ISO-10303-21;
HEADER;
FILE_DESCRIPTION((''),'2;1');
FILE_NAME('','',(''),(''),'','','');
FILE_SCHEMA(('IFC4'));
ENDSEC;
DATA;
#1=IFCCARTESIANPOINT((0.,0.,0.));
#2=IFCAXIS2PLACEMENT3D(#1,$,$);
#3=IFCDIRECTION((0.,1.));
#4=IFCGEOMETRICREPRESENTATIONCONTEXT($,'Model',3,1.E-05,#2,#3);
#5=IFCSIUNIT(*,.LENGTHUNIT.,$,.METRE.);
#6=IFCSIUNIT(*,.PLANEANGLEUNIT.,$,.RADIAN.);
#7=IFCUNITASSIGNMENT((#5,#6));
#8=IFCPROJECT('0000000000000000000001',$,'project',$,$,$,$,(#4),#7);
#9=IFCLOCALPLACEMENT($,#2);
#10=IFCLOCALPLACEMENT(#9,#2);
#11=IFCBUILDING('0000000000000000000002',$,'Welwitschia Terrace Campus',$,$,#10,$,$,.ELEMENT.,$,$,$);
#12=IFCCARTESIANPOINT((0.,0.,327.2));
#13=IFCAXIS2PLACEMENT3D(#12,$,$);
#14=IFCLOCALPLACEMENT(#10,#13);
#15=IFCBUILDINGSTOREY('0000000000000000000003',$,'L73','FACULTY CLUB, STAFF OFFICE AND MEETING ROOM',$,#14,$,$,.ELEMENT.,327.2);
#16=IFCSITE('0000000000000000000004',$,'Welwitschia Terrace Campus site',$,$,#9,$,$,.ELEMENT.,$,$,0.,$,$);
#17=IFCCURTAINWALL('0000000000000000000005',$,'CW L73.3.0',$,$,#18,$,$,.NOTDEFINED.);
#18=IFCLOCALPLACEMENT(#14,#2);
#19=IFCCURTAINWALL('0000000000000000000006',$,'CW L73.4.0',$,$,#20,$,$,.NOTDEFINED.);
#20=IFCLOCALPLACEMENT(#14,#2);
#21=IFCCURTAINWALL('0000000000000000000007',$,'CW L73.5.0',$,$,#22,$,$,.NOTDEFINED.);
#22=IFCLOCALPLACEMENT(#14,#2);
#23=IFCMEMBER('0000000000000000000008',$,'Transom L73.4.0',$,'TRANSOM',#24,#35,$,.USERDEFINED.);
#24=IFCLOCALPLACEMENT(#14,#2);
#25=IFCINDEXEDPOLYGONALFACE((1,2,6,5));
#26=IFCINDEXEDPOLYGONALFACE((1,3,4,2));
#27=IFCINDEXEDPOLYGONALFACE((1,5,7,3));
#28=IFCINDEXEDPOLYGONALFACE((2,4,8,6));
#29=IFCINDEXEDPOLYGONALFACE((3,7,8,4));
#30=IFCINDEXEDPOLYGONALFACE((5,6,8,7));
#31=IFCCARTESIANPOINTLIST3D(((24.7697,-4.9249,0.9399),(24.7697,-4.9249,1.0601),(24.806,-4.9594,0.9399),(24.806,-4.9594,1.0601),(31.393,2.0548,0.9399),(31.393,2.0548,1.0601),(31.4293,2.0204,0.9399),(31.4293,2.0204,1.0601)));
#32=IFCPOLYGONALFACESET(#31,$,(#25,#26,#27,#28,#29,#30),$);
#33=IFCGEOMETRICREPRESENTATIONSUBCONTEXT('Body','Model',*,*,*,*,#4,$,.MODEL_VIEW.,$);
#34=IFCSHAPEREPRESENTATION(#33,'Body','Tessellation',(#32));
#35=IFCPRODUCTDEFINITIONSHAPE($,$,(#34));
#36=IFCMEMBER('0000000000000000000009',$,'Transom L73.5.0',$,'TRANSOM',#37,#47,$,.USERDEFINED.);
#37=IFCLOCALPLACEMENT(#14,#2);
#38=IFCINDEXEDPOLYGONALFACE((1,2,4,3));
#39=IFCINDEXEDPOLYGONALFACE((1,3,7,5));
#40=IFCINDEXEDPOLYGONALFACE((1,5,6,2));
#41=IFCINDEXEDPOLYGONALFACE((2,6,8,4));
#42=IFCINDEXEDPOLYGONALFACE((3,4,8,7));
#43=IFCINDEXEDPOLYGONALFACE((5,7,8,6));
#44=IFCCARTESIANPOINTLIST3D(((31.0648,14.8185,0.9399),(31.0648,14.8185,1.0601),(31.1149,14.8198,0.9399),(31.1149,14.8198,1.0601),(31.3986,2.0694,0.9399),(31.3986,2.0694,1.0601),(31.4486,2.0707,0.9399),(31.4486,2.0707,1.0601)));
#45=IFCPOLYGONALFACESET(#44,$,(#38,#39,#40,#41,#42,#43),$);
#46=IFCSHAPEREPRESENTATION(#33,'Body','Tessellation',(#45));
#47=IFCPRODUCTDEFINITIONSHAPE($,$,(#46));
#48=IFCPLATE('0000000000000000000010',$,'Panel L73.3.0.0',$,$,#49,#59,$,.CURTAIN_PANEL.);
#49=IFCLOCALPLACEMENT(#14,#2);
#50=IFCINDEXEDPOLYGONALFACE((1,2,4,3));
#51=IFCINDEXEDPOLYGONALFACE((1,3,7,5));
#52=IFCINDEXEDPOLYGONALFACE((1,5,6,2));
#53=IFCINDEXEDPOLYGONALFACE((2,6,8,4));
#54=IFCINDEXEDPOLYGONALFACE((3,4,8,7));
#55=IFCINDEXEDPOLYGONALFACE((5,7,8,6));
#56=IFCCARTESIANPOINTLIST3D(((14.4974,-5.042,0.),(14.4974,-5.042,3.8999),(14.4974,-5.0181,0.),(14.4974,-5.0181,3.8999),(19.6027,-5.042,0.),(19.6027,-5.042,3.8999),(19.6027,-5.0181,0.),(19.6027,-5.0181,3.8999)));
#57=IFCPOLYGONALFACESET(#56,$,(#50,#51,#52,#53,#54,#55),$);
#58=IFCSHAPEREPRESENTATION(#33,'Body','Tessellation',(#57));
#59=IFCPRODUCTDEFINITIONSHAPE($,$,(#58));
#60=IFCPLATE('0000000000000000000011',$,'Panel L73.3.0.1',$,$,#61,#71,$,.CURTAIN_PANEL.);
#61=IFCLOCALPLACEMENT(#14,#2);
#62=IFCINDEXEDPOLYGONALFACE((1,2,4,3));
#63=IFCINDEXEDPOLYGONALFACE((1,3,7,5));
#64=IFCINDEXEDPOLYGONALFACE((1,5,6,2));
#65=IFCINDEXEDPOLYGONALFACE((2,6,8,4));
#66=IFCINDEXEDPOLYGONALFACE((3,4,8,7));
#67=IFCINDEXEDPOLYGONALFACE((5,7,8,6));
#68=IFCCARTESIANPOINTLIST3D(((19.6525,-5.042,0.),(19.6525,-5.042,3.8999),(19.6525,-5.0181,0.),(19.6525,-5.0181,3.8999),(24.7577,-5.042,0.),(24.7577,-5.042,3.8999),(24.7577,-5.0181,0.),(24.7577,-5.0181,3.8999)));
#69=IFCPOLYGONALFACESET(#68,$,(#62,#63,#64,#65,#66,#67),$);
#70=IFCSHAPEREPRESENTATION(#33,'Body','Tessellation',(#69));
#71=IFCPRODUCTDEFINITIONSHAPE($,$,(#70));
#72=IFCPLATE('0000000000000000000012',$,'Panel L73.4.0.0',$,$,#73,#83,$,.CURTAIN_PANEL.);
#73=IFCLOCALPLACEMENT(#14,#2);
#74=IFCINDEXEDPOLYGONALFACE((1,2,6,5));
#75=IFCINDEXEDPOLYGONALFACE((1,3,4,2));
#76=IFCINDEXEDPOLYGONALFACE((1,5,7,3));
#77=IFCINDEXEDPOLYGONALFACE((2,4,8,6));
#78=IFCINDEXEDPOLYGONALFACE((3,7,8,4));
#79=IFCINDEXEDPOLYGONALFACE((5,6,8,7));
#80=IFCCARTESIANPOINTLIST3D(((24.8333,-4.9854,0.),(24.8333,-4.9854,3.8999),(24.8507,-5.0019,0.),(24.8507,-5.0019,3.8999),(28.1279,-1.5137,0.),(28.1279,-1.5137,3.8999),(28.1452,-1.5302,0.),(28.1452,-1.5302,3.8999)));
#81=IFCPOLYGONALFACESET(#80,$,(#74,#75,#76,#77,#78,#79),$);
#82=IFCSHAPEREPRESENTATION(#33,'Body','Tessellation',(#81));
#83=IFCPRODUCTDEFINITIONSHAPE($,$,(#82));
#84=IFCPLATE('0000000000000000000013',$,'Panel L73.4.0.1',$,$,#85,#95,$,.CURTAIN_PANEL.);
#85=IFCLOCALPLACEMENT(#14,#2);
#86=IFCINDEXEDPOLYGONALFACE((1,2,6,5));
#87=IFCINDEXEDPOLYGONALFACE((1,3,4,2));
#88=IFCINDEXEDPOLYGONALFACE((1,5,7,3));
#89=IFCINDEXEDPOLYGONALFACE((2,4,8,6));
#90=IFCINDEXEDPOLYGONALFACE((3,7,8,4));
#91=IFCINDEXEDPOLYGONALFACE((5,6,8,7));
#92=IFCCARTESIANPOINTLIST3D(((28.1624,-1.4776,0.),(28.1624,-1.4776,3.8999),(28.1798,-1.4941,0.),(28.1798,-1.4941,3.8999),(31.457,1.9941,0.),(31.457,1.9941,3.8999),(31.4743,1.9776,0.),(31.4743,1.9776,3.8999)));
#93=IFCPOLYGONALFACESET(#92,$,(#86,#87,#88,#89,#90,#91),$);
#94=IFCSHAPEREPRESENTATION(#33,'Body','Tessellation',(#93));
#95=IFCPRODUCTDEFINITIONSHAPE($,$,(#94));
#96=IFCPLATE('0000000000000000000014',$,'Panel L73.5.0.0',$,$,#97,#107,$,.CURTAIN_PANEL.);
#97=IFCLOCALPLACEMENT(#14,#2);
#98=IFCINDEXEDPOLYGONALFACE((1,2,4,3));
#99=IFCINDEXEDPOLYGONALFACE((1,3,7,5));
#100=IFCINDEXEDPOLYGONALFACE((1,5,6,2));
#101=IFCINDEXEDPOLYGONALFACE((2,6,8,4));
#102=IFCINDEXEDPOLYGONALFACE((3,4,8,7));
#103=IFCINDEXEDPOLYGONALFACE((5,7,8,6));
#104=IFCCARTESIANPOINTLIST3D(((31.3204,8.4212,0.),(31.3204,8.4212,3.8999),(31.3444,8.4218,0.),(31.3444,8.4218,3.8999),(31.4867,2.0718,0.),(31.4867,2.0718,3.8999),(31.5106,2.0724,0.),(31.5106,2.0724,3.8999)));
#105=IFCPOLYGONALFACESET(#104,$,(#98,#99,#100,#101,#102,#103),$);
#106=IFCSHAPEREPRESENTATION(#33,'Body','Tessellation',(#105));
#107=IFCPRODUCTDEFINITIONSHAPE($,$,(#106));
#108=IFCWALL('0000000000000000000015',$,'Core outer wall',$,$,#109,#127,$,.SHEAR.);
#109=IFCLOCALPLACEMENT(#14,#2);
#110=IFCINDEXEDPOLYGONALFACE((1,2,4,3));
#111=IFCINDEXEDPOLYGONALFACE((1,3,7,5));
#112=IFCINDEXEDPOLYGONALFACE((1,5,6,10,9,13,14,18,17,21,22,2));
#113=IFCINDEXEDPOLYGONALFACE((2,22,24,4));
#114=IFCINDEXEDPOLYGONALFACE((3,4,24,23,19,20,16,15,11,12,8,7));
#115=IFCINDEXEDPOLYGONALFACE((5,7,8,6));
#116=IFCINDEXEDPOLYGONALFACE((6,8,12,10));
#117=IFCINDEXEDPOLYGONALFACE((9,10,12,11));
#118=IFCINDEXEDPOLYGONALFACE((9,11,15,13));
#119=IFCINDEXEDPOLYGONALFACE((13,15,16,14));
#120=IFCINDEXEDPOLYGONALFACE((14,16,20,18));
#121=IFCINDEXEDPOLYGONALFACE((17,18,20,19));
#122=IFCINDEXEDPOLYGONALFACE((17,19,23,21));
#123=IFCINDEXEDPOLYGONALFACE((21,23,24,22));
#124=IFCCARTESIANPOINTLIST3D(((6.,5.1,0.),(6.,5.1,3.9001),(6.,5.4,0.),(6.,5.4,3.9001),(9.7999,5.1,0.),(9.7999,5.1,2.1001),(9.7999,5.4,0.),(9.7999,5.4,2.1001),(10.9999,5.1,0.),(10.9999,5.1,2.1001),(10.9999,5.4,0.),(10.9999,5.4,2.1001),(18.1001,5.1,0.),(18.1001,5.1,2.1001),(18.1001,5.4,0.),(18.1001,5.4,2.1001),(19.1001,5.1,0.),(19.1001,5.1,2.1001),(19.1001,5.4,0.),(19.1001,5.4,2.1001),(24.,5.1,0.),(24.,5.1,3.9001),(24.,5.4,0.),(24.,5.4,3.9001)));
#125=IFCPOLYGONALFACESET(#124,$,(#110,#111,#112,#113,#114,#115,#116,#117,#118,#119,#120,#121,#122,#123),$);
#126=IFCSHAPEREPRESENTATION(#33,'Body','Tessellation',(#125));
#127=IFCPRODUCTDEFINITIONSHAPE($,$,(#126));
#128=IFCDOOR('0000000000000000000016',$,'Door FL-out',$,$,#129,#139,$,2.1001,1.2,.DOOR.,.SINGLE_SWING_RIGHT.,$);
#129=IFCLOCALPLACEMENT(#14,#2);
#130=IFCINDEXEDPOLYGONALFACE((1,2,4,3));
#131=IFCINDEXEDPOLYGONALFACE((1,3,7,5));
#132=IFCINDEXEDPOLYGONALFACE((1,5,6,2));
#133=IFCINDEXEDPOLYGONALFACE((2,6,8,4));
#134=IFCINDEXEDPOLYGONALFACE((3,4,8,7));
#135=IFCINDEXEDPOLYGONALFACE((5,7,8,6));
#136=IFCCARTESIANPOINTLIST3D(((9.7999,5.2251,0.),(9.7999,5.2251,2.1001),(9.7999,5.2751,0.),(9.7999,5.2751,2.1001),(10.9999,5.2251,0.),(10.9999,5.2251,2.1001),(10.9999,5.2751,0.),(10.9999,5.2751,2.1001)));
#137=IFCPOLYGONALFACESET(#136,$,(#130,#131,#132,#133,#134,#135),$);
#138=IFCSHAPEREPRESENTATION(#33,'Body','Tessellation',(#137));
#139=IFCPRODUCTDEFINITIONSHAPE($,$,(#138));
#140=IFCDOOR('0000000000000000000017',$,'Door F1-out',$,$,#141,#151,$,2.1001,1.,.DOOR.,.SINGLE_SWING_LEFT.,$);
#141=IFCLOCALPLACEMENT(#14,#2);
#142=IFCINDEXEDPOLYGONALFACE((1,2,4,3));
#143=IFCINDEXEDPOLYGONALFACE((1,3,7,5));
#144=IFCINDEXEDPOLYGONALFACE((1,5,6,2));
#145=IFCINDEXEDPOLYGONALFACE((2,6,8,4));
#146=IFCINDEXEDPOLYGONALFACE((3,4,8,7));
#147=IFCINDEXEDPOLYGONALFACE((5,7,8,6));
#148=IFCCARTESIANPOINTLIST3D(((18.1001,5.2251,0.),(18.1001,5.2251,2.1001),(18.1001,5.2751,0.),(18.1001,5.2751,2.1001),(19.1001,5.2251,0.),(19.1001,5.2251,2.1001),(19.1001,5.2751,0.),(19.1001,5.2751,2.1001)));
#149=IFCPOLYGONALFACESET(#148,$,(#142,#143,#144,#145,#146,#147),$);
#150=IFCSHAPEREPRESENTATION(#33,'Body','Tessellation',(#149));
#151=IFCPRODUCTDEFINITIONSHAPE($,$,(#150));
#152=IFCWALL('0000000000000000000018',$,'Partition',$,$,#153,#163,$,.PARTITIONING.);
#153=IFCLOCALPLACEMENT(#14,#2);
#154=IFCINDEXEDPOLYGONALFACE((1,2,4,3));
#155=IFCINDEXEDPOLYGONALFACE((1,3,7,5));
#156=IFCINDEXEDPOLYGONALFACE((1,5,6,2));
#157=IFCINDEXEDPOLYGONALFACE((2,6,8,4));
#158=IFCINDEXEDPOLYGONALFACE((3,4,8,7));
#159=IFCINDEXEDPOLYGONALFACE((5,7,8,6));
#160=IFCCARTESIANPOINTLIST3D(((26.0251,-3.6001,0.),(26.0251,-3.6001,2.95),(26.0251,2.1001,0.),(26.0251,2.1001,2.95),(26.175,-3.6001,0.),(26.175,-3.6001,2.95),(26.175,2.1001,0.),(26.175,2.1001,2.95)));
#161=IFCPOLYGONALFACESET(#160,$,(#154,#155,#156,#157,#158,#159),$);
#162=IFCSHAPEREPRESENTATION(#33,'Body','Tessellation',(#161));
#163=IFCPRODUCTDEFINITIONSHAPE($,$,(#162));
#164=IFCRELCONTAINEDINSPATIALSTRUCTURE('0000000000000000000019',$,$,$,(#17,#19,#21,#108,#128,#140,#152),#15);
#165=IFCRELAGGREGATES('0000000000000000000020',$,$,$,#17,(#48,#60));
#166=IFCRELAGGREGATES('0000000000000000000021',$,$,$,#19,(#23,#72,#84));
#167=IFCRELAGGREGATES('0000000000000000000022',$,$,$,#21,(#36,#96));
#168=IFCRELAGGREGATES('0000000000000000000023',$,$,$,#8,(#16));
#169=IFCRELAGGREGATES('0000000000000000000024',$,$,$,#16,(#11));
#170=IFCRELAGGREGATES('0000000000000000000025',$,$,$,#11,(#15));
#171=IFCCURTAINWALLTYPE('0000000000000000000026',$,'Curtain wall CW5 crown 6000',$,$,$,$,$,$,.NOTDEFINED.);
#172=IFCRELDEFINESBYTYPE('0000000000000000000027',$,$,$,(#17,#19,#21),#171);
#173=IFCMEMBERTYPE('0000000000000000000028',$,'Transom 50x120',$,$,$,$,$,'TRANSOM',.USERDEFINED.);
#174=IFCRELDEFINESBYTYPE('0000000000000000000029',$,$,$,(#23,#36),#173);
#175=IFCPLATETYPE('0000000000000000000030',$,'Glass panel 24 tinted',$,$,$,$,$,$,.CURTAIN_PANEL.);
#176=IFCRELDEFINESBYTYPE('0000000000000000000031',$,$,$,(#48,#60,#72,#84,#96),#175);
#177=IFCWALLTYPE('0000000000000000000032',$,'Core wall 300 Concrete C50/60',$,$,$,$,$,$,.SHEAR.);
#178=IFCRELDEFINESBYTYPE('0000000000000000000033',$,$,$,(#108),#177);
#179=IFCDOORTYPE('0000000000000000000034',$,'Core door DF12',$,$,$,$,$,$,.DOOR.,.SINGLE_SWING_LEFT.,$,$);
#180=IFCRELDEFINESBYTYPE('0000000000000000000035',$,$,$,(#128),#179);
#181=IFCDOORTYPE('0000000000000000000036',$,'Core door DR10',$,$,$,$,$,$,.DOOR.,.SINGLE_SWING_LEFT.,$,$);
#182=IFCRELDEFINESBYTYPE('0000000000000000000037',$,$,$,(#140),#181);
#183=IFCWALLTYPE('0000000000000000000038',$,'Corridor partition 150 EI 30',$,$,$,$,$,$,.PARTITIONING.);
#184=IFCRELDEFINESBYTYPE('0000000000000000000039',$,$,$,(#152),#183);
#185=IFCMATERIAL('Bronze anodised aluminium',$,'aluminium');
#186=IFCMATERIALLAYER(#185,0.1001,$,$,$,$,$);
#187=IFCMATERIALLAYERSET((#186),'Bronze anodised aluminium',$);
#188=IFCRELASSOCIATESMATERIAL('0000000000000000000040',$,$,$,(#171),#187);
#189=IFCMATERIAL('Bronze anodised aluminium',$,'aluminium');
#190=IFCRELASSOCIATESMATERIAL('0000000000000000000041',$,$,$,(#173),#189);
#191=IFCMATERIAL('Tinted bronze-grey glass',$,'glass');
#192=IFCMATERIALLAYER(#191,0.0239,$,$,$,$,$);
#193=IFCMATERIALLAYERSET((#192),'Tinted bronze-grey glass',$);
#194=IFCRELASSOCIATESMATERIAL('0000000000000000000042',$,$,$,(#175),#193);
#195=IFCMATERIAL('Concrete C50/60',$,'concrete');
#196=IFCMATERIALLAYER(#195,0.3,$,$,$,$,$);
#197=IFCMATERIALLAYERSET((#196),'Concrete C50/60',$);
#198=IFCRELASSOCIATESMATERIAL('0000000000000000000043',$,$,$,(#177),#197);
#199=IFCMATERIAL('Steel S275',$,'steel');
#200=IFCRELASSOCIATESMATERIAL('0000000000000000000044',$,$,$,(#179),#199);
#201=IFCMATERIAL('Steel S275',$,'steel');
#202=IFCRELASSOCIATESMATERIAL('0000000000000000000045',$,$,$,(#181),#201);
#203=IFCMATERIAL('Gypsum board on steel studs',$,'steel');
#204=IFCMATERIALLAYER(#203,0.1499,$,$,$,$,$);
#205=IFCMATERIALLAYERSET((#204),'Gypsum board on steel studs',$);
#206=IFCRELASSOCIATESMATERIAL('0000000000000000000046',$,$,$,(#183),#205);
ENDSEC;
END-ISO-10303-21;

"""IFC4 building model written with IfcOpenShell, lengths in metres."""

from ifc_helpers import new_model, si_unit, direction, frame, frame_2d, origin, origin_2d, place, context, subcontext, project, spatial, rectangle, extrude, material, layer, layer_set, material_profile, profile_set, type_object, element, fill, aggregate, save


model = new_model("IFC4")

# Units and contexts
model_context = context("Model", 3, precision=1e-05, world=origin(), true_north=direction((0.0, 1.0)))
body_context = subcontext(model_context, "Body", "Model", "MODEL_VIEW")
ifc_project = project(units=[si_unit("LENGTHUNIT", "METRE"), si_unit("PLANEANGLEUNIT", "RADIAN")], contexts=[model_context])

# Site, building, storey
site_placement = place(None, origin())
site = spatial("IfcSite", under=ifc_project, at=site_placement, Name="Welwitschia Terrace Campus site", CompositionType="ELEMENT", RefElevation=0.0)
building_placement = place(site_placement, origin())
building = spatial("IfcBuilding", under=site, at=building_placement, Name="Welwitschia Terrace Campus", CompositionType="ELEMENT")
storey_placement = place(building_placement, frame((0.0, 0.0, 327.2)))
storey = spatial("IfcBuildingStorey", under=building, at=storey_placement, Name="L73", Description="FACULTY CLUB, STAFF OFFICE AND MEETING ROOM", CompositionType="ELEMENT", Elevation=327.2)

# Shared definitions
ifc_material_1 = material(Name="Bronze anodised aluminium", Category="aluminium")
ifc_layer_1 = layer(ifc_material_1, 0.1001)
ifc_layer_set_1 = layer_set([ifc_layer_1], Name="Bronze anodised aluminium")
curtain_wall_type = type_object("IfcCurtainWallType", Name="Curtain wall CW5 crown 6000", PredefinedType="NOTDEFINED", material=ifc_layer_set_1)

# Curtain walls
curtain_wall_1_placement = place(storey_placement, origin())
curtain_wall_1 = element("IfcCurtainWall", 1, at=curtain_wall_1_placement, inside=storey, type_object=curtain_wall_type, Name="CW L73.3.0", PredefinedType="NOTDEFINED")
curtain_wall_2_placement = place(storey_placement, origin())
curtain_wall_2 = element("IfcCurtainWall", 2, at=curtain_wall_2_placement, inside=storey, type_object=curtain_wall_type, Name="CW L73.4.0", PredefinedType="NOTDEFINED")

# Curtain wall
curtain_wall_3_placement = place(storey_placement, origin())
curtain_wall_3 = element("IfcCurtainWall", 3, at=curtain_wall_3_placement, inside=storey, type_object=curtain_wall_type, Name="CW L73.5.0", PredefinedType="NOTDEFINED")

# Members
ifc_material_2 = material(Name="Bronze anodised aluminium", Category="aluminium")
ifc_material_profile_1 = material_profile(ifc_material_2, rectangle(XDim=0.05, YDim=0.1201, at=origin_2d()))
ifc_profile_set_1 = profile_set([ifc_material_profile_1], Name="Bronze anodised aluminium")
member_type_1 = type_object("IfcMemberType", Name="Transom 50x120", ElementType="TRANSOM", PredefinedType="USERDEFINED", material=ifc_profile_set_1)
member_1_placement = place(storey_placement, frame((24.7878, -4.9421, 1.0), z_axis=(0.688342, 0.725386, 0.0), x_axis=(-0.725386, 0.688342, 0.0)))
member_1 = element("IfcMember", 4, at=member_1_placement, type_object=member_type_1, Name="Transom L73.4.0", ObjectType="TRANSOM", PredefinedType="USERDEFINED", context=body_context, shape_type="SweptSolid", body=[
    extrude(rectangle(XDim=0.05, YDim=0.1201, at=origin_2d()), origin(), (0.0, 0.0, 1.0), 9.6221),
])
member_2_placement = place(storey_placement, frame((31.4236, 2.0701, 1.0), z_axis=(-0.026169, 0.999658, 0.0), x_axis=(-0.999658, -0.026169, 0.0)))
member_2 = element("IfcMember", 5, at=member_2_placement, type_object=member_type_1, Name="Transom L73.5.0", ObjectType="TRANSOM", PredefinedType="USERDEFINED", context=body_context, shape_type="SweptSolid", body=[
    extrude(rectangle(XDim=0.05, YDim=0.1201, at=origin_2d()), origin(), (0.0, 0.0, 1.0), 12.7534),
])

# Plates
ifc_material_3 = material(Name="Tinted bronze-grey glass", Category="glass")
ifc_layer_2 = layer(ifc_material_3, 0.0239)
ifc_layer_set_2 = layer_set([ifc_layer_2], Name="Tinted bronze-grey glass")
plate_type = type_object("IfcPlateType", Name="Glass panel 24 tinted", PredefinedType="CURTAIN_PANEL", material=ifc_layer_set_2)
plate_1_placement = place(storey_placement, frame((17.05, -5.03, 0.0), z_axis=(0.0, 0.0, 1.0), x_axis=(1.0, 0.0, 0.0)))
plate_1 = element("IfcPlate", 6, at=plate_1_placement, type_object=plate_type, Name="Panel L73.3.0.0", PredefinedType="CURTAIN_PANEL", context=body_context, shape_type="SweptSolid", body=[
    extrude(rectangle(XDim=5.1052, YDim=0.0239, at=origin_2d()), origin(), (0.0, 0.0, 1.0), 3.8999),
])
plate_2_placement = place(storey_placement, frame((22.2051, -5.03, 0.0), z_axis=(0.0, 0.0, 1.0), x_axis=(1.0, 0.0, 0.0)))
plate_2 = element("IfcPlate", 7, at=plate_2_placement, type_object=plate_type, Name="Panel L73.3.0.1", PredefinedType="CURTAIN_PANEL", context=body_context, shape_type="SweptSolid", body=[
    extrude(rectangle(XDim=5.1052, YDim=0.0239, at=origin_2d()), origin(), (0.0, 0.0, 1.0), 3.8999),
])
aggregate(curtain_wall_1, [plate_1, plate_2])
plate_3_placement = place(storey_placement, frame((26.4893, -3.2578, 0.0), z_axis=(0.0, 0.0, 1.0), x_axis=(0.688355, 0.725374, 0.0)))
plate_3 = element("IfcPlate", 8, at=plate_3_placement, type_object=plate_type, Name="Panel L73.4.0.0", PredefinedType="CURTAIN_PANEL", context=body_context, shape_type="SweptSolid", body=[
    extrude(rectangle(XDim=4.7861, YDim=0.0239, at=origin_2d()), origin(), (0.0, 0.0, 1.0), 3.8999),
])
plate_4_placement = place(storey_placement, frame((29.8184, 0.25, 0.0), z_axis=(0.0, 0.0, 1.0), x_axis=(0.688355, 0.725374, 0.0)))
plate_4 = element("IfcPlate", 9, at=plate_4_placement, type_object=plate_type, Name="Panel L73.4.0.1", PredefinedType="CURTAIN_PANEL", context=body_context, shape_type="SweptSolid", body=[
    extrude(rectangle(XDim=4.7861, YDim=0.0239, at=origin_2d()), origin(), (0.0, 0.0, 1.0), 3.8999),
])
aggregate(curtain_wall_2, [member_1, plate_3, plate_4])
plate_5_placement = place(storey_placement, frame((31.4155, 5.2468, 0.0), z_axis=(0.0, 0.0, 1.0), x_axis=(-0.026177, 0.999657, 0.0)))
plate_5 = element("IfcPlate", 10, at=plate_5_placement, type_object=plate_type, Name="Panel L73.5.0.0", PredefinedType="CURTAIN_PANEL", context=body_context, shape_type="SweptSolid", body=[
    extrude(rectangle(XDim=6.3516, YDim=0.0239, at=origin_2d()), origin(), (0.0, 0.0, 1.0), 3.8999),
])
aggregate(curtain_wall_3, [member_2, plate_5])

# Wall, openings, doors
ifc_material_4 = material(Name="Concrete C50/60", Category="concrete")
ifc_layer_3 = layer(ifc_material_4, 0.3)
ifc_layer_set_3 = layer_set([ifc_layer_3], Name="Concrete C50/60")
wall_type_1 = type_object("IfcWallType", Name="Core wall 300 Concrete C50/60", PredefinedType="SHEAR", material=ifc_layer_set_3)
wall_1_placement = place(storey_placement, frame((24.0, 5.25, 0.0), z_axis=(0.0, 0.0, 1.0), x_axis=(-1.0, 0.0, 0.0)))
wall_1 = element("IfcWall", 11, at=wall_1_placement, inside=storey, type_object=wall_type_1, Name="Core outer wall", PredefinedType="SHEAR", context=body_context, shape_type="SweptSolid", body=[
    extrude(rectangle(XDim=18.0, YDim=0.3, at=frame_2d((9.0, 0.0))), origin(), (0.0, 0.0, 1.0), 3.9001),
])
opening_1_placement = place(wall_1_placement, frame((13.0, 0.0, 0.0)))
opening_1 = element("IfcOpeningElement", 12, at=opening_1_placement, cuts=wall_1, PredefinedType="OPENING", context=body_context, shape_type="SweptSolid", body=[
    extrude(rectangle(XDim=1.2, YDim=2.1001, at=frame_2d((0.6001, 1.05))), frame((0.0, 0.1599, 0.0), z_axis=(0.0, -1.0, 0.0), x_axis=(1.0, 0.0, 0.0)), (0.0, 0.0, 1.0), 0.3201),
])
opening_2_placement = place(wall_1_placement, frame((4.8999, 0.0, 0.0)))
opening_2 = element("IfcOpeningElement", 13, at=opening_2_placement, cuts=wall_1, PredefinedType="OPENING", context=body_context, shape_type="SweptSolid", body=[
    extrude(rectangle(XDim=1.0, YDim=2.1001, at=frame_2d((0.5, 1.05))), frame((0.0, 0.1599, 0.0), z_axis=(0.0, -1.0, 0.0), x_axis=(1.0, 0.0, 0.0)), (0.0, 0.0, 1.0), 0.3201),
])
ifc_material_5 = material(Name="Steel S275", Category="steel")
door_type_1 = type_object("IfcDoorType", Name="Core door DF12", OperationType="SINGLE_SWING_LEFT", PredefinedType="DOOR", material=ifc_material_5)
door_1_placement = place(opening_1_placement, origin())
door_1 = element("IfcDoor", 14, at=door_1_placement, inside=storey, type_object=door_type_1, Name="Door FL-out", OperationType="SINGLE_SWING_RIGHT", OverallHeight=2.1001, OverallWidth=1.2, PredefinedType="DOOR", context=body_context, shape_type="SweptSolid", body=[
    extrude(rectangle(XDim=1.2, YDim=2.1001, at=frame_2d((0.6001, 1.05))), frame((0.0, 0.0249, 0.0), z_axis=(0.0, -1.0, 0.0), x_axis=(1.0, 0.0, 0.0)), (0.0, 0.0, 1.0), 0.05),
])
fill(opening_1, door_1)
ifc_material_6 = material(Name="Steel S275", Category="steel")
door_type_2 = type_object("IfcDoorType", Name="Core door DR10", OperationType="SINGLE_SWING_LEFT", PredefinedType="DOOR", material=ifc_material_6)
door_2_placement = place(opening_2_placement, origin())
door_2 = element("IfcDoor", 15, at=door_2_placement, inside=storey, type_object=door_type_2, Name="Door F1-out", OperationType="SINGLE_SWING_LEFT", OverallHeight=2.1001, OverallWidth=1.0, PredefinedType="DOOR", context=body_context, shape_type="SweptSolid", body=[
    extrude(rectangle(XDim=1.0, YDim=2.1001, at=frame_2d((0.5, 1.05))), frame((0.0, 0.0249, 0.0), z_axis=(0.0, -1.0, 0.0), x_axis=(1.0, 0.0, 0.0)), (0.0, 0.0, 1.0), 0.05),
])
fill(opening_2, door_2)

# Wall
ifc_material_7 = material(Name="Gypsum board on steel studs", Category="steel")
ifc_layer_4 = layer(ifc_material_7, 0.1499)
ifc_layer_set_4 = layer_set([ifc_layer_4], Name="Gypsum board on steel studs")
wall_type_2 = type_object("IfcWallType", Name="Corridor partition 150 EI 30", PredefinedType="PARTITIONING", material=ifc_layer_set_4)
wall_2_placement = place(storey_placement, frame((26.1001, -3.6001, 0.0), z_axis=(0.0, 0.0, 1.0), x_axis=(0.0, 1.0, 0.0)))
element("IfcWall", 16, at=wall_2_placement, inside=storey, type_object=wall_type_2, Name="Partition", PredefinedType="PARTITIONING", context=body_context, shape_type="SweptSolid", body=[
    extrude(rectangle(XDim=5.7002, YDim=0.1499, at=frame_2d((2.8501, 0.0))), origin(), (0.0, 0.0, 1.0), 2.95),
])

save(model, "model.ifc")
